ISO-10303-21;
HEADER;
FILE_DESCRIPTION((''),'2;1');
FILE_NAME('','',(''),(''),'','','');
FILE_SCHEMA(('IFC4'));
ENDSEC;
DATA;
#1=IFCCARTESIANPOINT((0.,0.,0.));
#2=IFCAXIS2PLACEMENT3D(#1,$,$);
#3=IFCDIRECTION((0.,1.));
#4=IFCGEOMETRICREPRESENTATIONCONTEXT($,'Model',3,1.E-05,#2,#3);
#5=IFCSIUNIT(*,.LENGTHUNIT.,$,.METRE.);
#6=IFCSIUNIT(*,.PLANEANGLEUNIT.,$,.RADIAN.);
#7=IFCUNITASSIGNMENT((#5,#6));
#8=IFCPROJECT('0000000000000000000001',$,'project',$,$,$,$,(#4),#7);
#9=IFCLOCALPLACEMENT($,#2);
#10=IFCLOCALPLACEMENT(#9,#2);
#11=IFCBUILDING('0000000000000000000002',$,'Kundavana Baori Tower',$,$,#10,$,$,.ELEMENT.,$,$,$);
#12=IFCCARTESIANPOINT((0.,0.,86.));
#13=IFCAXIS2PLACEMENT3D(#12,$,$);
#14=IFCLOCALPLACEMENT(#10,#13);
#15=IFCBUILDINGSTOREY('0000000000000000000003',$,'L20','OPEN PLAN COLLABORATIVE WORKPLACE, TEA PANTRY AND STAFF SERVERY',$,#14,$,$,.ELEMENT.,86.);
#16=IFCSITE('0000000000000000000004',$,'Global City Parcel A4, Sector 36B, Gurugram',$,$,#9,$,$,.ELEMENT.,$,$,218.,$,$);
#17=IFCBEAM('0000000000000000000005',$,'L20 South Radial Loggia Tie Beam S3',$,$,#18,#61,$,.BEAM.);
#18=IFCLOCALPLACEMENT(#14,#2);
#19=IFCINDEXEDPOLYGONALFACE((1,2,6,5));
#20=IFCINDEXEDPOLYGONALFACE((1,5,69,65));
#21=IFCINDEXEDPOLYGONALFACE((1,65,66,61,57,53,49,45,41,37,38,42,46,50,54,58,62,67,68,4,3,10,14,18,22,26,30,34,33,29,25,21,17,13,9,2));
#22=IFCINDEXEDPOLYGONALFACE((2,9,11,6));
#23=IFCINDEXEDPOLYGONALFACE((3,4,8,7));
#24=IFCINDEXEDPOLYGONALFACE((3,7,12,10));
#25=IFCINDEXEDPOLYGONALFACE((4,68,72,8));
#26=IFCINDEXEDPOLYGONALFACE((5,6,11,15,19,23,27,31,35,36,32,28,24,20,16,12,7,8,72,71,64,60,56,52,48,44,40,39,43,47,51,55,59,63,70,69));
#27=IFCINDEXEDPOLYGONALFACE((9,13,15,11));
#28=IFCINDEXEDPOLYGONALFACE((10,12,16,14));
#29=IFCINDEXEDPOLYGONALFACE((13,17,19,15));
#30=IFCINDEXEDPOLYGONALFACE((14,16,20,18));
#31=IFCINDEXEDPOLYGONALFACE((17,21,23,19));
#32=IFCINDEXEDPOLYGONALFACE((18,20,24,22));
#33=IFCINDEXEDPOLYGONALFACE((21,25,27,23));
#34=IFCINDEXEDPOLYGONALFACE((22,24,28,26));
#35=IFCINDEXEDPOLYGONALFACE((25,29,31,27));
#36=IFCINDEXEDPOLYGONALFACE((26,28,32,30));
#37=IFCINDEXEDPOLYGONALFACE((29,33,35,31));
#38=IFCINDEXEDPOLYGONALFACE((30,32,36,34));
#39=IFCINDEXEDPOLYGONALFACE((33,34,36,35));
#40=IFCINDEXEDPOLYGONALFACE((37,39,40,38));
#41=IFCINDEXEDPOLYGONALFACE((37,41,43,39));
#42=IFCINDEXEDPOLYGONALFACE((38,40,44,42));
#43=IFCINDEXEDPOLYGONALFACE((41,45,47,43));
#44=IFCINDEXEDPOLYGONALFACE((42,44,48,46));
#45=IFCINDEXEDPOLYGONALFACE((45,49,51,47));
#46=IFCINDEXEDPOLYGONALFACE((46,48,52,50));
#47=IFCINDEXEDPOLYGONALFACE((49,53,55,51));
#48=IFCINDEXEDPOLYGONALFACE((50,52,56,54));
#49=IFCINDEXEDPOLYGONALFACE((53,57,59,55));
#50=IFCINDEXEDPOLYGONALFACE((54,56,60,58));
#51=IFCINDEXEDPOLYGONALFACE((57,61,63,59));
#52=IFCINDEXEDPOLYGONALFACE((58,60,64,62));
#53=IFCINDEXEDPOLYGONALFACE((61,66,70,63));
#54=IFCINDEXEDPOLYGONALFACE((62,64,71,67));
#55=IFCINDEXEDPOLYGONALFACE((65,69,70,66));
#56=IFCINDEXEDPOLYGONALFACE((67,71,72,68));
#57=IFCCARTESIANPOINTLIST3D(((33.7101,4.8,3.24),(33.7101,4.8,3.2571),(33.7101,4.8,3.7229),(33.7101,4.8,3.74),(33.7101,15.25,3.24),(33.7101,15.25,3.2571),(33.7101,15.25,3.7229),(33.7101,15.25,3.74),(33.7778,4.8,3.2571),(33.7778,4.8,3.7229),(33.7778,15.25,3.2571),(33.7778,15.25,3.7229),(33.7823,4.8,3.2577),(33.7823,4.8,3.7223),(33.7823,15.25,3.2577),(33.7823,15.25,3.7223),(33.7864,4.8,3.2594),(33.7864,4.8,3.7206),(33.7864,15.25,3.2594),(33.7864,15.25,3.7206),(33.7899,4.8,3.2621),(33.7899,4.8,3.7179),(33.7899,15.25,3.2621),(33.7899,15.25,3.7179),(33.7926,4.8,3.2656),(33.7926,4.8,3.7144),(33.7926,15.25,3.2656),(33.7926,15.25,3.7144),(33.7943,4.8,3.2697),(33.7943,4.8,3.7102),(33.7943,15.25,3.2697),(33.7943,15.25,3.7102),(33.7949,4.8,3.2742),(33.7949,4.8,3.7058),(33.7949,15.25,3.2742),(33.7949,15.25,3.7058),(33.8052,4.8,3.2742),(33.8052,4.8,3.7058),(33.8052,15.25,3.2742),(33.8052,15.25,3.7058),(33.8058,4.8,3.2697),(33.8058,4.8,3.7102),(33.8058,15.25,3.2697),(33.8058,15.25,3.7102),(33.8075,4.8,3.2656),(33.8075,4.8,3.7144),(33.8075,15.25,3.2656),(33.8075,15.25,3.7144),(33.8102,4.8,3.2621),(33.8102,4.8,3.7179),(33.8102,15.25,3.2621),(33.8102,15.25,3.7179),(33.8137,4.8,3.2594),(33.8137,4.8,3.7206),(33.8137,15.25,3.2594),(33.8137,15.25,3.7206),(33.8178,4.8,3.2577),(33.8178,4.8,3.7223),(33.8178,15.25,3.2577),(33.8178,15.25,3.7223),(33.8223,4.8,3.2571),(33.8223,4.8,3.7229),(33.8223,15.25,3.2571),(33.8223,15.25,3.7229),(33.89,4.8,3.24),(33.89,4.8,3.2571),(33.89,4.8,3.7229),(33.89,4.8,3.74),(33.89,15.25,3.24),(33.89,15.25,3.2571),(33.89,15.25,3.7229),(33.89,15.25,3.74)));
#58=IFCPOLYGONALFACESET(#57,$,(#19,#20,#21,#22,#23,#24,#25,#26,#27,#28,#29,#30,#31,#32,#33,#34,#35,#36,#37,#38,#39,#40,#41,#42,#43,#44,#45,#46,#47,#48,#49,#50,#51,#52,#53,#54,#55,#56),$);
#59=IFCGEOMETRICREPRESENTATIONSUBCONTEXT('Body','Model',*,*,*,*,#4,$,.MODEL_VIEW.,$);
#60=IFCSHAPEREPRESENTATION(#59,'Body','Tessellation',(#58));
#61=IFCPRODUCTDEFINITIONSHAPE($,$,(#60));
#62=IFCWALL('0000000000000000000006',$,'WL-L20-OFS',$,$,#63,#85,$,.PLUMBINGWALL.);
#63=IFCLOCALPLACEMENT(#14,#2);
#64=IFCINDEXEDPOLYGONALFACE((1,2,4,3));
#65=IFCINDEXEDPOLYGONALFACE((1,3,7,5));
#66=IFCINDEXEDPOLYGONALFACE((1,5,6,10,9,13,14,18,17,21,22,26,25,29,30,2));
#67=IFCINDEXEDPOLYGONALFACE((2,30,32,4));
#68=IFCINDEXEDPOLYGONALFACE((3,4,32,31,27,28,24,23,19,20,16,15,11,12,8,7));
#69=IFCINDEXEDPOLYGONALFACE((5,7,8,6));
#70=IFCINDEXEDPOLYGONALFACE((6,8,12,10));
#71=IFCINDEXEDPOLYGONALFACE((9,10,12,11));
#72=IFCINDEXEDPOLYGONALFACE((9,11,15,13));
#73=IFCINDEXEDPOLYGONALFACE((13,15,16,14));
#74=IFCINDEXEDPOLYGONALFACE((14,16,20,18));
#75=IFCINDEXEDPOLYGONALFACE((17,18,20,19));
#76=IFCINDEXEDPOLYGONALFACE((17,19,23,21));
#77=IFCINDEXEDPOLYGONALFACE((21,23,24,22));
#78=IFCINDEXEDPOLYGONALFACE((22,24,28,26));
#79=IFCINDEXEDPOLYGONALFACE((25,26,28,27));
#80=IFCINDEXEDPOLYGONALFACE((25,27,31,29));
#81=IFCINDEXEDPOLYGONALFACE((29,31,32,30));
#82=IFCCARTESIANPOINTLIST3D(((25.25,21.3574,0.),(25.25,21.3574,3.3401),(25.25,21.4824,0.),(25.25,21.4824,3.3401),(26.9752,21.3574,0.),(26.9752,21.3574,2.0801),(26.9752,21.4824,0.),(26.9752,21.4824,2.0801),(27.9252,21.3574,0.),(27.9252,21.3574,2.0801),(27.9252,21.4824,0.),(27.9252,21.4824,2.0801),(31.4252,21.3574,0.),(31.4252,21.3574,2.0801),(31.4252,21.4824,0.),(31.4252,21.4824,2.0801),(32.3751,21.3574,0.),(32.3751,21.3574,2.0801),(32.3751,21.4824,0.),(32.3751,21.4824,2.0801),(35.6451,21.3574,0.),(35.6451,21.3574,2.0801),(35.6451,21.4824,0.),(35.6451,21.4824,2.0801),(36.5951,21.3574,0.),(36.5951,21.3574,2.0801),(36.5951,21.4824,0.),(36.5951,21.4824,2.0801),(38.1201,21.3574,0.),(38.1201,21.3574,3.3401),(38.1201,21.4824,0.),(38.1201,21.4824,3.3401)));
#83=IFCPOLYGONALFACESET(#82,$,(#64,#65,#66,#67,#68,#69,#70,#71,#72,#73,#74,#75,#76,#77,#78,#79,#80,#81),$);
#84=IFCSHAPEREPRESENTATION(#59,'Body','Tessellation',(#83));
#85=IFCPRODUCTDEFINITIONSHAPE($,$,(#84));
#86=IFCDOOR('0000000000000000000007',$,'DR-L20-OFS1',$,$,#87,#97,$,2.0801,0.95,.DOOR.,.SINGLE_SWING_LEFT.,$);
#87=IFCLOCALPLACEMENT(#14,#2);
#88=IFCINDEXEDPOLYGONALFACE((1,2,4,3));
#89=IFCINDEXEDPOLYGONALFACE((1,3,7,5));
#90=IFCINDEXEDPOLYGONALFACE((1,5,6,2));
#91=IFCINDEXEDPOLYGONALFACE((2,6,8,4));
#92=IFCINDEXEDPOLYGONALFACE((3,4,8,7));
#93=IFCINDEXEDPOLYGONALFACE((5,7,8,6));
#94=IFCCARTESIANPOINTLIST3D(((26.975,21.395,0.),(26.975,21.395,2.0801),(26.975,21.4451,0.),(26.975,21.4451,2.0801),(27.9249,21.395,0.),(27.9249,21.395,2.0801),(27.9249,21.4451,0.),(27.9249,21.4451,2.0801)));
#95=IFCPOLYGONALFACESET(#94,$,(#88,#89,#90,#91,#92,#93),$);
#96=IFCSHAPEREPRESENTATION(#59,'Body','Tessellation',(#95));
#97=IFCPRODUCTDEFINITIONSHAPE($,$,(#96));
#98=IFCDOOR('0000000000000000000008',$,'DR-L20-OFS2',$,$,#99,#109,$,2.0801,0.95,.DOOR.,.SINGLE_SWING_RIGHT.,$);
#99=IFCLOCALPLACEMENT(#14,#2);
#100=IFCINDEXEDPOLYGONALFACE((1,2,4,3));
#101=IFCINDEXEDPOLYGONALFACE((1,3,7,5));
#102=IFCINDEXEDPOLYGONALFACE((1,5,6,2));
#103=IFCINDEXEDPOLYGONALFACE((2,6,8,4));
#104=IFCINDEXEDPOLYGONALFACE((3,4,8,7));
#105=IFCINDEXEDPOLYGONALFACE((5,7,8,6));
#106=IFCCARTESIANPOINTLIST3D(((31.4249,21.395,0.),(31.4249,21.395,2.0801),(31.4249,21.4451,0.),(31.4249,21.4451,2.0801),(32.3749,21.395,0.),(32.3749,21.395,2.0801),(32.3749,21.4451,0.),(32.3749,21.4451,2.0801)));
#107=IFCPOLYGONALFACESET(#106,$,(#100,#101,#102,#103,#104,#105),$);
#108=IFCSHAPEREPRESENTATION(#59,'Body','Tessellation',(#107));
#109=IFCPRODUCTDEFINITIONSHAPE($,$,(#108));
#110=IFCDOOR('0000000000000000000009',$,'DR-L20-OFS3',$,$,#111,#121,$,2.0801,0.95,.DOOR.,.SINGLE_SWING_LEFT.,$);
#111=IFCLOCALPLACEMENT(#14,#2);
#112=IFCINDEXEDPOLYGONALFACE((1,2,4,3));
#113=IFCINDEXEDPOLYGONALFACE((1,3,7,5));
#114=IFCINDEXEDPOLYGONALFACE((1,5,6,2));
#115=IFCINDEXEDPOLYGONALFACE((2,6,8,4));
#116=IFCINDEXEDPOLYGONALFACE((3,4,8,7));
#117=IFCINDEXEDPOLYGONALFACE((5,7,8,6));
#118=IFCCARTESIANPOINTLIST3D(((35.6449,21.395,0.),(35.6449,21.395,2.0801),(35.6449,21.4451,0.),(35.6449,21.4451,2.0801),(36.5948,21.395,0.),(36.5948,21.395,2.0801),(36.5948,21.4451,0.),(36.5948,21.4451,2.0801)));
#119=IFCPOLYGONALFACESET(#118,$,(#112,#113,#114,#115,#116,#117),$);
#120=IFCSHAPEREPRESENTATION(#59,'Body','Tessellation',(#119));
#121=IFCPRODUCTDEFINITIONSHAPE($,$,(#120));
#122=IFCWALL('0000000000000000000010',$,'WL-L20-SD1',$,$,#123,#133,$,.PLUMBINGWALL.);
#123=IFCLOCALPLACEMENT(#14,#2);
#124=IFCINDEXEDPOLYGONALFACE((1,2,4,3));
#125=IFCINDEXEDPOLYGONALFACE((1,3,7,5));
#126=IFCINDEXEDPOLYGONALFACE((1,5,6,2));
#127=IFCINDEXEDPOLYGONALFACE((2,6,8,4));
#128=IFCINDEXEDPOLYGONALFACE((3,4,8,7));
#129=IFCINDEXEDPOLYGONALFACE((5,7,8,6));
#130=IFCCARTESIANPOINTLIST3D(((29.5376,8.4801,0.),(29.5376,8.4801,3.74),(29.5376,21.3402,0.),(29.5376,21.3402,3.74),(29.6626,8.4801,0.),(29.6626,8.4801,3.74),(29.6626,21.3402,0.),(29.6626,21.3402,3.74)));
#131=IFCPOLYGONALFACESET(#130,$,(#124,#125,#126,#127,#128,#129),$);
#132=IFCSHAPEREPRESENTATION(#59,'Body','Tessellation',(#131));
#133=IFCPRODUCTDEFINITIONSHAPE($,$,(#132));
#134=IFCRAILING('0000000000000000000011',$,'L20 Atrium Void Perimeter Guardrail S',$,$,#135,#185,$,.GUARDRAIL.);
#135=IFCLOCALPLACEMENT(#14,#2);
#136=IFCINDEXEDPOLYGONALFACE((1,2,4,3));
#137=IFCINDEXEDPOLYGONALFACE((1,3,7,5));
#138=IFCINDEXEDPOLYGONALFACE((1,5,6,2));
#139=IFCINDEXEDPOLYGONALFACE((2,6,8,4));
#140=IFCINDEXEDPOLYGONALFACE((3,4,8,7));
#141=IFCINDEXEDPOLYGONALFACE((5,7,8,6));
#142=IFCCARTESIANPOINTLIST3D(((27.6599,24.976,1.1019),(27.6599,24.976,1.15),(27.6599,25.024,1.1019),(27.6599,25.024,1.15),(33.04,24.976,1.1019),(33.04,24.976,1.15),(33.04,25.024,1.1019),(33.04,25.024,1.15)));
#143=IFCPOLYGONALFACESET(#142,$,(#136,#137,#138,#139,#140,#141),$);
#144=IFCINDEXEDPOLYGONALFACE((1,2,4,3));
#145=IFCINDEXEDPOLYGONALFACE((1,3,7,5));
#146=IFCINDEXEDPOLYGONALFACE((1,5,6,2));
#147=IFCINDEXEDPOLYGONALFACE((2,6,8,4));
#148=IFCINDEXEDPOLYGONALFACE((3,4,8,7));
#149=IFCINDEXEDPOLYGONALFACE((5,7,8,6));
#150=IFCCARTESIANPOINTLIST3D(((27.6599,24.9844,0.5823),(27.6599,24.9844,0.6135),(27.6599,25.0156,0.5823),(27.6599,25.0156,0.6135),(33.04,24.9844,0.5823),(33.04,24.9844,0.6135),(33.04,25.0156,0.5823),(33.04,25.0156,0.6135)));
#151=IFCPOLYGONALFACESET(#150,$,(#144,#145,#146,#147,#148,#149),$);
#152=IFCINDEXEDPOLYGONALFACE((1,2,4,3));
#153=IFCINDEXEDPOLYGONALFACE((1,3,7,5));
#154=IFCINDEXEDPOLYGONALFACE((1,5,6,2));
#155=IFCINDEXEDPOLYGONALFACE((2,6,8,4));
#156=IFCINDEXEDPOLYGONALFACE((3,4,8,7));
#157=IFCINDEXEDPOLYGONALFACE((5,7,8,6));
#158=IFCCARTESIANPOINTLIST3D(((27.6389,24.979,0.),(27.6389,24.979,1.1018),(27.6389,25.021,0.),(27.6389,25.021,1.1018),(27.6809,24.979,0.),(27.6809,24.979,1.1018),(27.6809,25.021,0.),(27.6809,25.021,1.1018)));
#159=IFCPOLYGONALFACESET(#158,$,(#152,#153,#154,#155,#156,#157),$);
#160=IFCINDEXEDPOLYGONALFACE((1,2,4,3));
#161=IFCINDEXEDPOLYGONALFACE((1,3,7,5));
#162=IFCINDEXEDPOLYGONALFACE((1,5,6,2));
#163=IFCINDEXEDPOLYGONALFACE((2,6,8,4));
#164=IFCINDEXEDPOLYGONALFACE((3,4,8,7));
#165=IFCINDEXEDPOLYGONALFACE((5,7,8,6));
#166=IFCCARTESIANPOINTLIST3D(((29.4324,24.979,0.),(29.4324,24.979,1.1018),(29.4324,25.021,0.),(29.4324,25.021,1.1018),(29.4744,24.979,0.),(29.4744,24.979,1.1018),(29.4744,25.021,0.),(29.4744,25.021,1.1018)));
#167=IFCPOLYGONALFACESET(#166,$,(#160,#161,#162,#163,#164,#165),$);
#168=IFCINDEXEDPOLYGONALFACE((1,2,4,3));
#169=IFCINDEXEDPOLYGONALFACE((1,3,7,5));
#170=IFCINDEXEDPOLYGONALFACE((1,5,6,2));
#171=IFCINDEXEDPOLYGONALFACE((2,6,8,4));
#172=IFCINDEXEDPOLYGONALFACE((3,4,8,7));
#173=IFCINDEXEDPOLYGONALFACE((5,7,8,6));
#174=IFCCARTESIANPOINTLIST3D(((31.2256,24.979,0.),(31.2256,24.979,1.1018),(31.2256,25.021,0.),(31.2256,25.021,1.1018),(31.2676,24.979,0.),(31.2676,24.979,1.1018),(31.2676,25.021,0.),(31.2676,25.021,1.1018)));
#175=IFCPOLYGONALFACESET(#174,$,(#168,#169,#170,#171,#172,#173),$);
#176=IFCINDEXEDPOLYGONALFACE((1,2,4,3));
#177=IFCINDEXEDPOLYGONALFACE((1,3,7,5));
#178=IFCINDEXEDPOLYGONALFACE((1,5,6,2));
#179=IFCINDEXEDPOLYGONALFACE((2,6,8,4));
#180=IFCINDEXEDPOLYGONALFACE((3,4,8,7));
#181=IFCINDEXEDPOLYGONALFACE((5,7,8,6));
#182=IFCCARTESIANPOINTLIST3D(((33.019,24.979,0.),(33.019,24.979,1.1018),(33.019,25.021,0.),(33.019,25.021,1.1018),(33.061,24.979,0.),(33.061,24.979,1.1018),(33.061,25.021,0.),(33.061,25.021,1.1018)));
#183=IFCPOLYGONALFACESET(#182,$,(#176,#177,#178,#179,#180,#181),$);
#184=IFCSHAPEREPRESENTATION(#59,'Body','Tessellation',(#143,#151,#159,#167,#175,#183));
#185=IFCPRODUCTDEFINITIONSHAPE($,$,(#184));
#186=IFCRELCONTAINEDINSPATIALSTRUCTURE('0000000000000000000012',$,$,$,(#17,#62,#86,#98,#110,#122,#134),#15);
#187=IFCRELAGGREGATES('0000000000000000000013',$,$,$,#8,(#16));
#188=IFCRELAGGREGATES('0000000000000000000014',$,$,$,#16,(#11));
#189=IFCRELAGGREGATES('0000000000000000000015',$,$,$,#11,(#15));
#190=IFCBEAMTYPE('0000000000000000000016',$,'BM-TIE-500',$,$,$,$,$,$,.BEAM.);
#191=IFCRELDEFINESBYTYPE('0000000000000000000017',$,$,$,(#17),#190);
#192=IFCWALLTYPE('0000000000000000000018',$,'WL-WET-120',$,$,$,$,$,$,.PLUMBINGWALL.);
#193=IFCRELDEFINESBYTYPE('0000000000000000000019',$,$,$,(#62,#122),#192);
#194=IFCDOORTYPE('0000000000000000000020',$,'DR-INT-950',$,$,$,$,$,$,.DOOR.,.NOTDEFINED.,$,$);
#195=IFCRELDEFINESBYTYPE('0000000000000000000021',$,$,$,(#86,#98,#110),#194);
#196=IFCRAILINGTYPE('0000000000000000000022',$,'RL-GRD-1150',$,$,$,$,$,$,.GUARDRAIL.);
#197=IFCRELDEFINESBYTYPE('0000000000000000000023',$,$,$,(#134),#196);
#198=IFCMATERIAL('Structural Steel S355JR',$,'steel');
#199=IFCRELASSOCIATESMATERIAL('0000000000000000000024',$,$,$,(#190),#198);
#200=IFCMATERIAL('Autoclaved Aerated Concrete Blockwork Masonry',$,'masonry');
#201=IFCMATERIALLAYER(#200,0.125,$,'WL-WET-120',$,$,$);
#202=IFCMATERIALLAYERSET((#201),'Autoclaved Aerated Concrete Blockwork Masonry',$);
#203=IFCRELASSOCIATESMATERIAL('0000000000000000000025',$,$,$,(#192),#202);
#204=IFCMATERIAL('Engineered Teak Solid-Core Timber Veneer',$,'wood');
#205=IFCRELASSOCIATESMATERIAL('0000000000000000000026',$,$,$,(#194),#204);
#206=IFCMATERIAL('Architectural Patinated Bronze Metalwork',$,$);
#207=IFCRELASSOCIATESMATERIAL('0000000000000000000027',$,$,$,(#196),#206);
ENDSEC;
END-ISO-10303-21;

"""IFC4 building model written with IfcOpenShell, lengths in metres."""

from ifc_helpers import new_model, si_unit, direction, frame, frame_2d, origin, origin_2d, place, context, subcontext, project, spatial, rectangle, i_section, extrude, material, layer, layer_set, material_profile, profile_set, type_object, element, fill, save


model = new_model("IFC4")

# Units and contexts
model_context = context("Model", 3, precision=1e-05, world=origin(), true_north=direction((0.0, 1.0)))
body_context = subcontext(model_context, "Body", "Model", "MODEL_VIEW")
ifc_project = project(units=[si_unit("LENGTHUNIT", "METRE"), si_unit("PLANEANGLEUNIT", "RADIAN")], contexts=[model_context])

# Site, building, storey
site_placement = place(None, origin())
site = spatial("IfcSite", under=ifc_project, at=site_placement, Name="Global City Parcel A4, Sector 36B, Gurugram", CompositionType="ELEMENT", RefElevation=218.0)
building_placement = place(site_placement, origin())
building = spatial("IfcBuilding", under=site, at=building_placement, Name="Kundavana Baori Tower", CompositionType="ELEMENT")
storey_placement = place(building_placement, frame((0.0, 0.0, 86.0)))
storey = spatial("IfcBuildingStorey", under=building, at=storey_placement, Name="L20", Description="OPEN PLAN COLLABORATIVE WORKPLACE, TEA PANTRY AND STAFF SERVERY", CompositionType="ELEMENT", Elevation=86.0)

# Beam
ifc_material_1 = material(Name="Structural Steel S355JR", Category="steel")
ifc_material_profile_1 = material_profile(ifc_material_1, i_section(OverallWidth=0.1799, OverallDepth=0.5, WebThickness=0.0103, FlangeThickness=0.0171, FilletRadius=0.0171, at=origin_2d()), Name="ISMB 500")
ifc_profile_set_1 = profile_set([ifc_material_profile_1], Name="Structural Steel S355JR")
beam_type_1 = type_object("IfcBeamType", Name="BM-TIE-500", PredefinedType="BEAM", material=ifc_profile_set_1)
for number, where, z_axis, x_axis, name in (
    (1, (33.8, 15.25, 3.49), (0.0, -1.0, 0.0), (1.0, 0.0, 0.0), "L20 South Radial Loggia Tie Beam S3"),
):
    element("IfcBeam", number, at=place(storey_placement, frame(where, z_axis=z_axis, x_axis=x_axis)), inside=storey, type_object=beam_type_1, Name=name, PredefinedType="BEAM", context=body_context, shape_type="SweptSolid", body=[
        extrude(i_section(OverallWidth=0.1799, OverallDepth=0.5, WebThickness=0.0103, FlangeThickness=0.0171, FilletRadius=0.0171, at=origin_2d()), origin(), (0.0, 0.0, 1.0), 10.45),
    ])

# Wall, openings, doors
ifc_material_2 = material(Name="Autoclaved Aerated Concrete Blockwork Masonry", Category="masonry")
ifc_layer = layer(ifc_material_2, 0.125, Name="WL-WET-120")
ifc_layer_set = layer_set([ifc_layer], Name="Autoclaved Aerated Concrete Blockwork Masonry")
wall_type = type_object("IfcWallType", Name="WL-WET-120", PredefinedType="PLUMBINGWALL", material=ifc_layer_set)
wall_1_placement = place(storey_placement, frame((25.25, 21.4199, 0.0), z_axis=(0.0, 0.0, 1.0), x_axis=(1.0, 0.0, 0.0)))
wall_1 = element("IfcWall", 2, at=wall_1_placement, inside=storey, type_object=wall_type, Name="WL-L20-OFS", PredefinedType="PLUMBINGWALL", context=body_context, shape_type="SweptSolid", body=[
    extrude(rectangle(XDim=12.8701, YDim=0.125, at=frame_2d((6.4351, 0.0))), origin(), (0.0, 0.0, 1.0), 3.3401),
])
opening_1_placement = place(wall_1_placement, frame((1.7251, 0.0, 0.0)))
opening_1 = element("IfcOpeningElement", 3, at=opening_1_placement, cuts=wall_1, PredefinedType="OPENING", context=body_context, shape_type="SweptSolid", body=[
    extrude(rectangle(XDim=0.95, YDim=2.0801, at=frame_2d((0.4751, 1.04))), frame((0.0, 0.0725, 0.0), z_axis=(0.0, -1.0, 0.0), x_axis=(1.0, 0.0, 0.0)), (0.0, 0.0, 1.0), 0.145),
])
opening_2_placement = place(wall_1_placement, frame((6.175, 0.0, 0.0)))
opening_2 = element("IfcOpeningElement", 4, at=opening_2_placement, cuts=wall_1, PredefinedType="OPENING", context=body_context, shape_type="SweptSolid", body=[
    extrude(rectangle(XDim=0.95, YDim=2.0801, at=frame_2d((0.4751, 1.04))), frame((0.0, 0.0725, 0.0), z_axis=(0.0, -1.0, 0.0), x_axis=(1.0, 0.0, 0.0)), (0.0, 0.0, 1.0), 0.145),
])
opening_3_placement = place(wall_1_placement, frame((10.395, 0.0, 0.0)))
opening_3 = element("IfcOpeningElement", 5, at=opening_3_placement, cuts=wall_1, PredefinedType="OPENING", context=body_context, shape_type="SweptSolid", body=[
    extrude(rectangle(XDim=0.95, YDim=2.0801, at=frame_2d((0.4751, 1.04))), frame((0.0, 0.0725, 0.0), z_axis=(0.0, -1.0, 0.0), x_axis=(1.0, 0.0, 0.0)), (0.0, 0.0, 1.0), 0.145),
])
ifc_material_3 = material(Name="Engineered Teak Solid-Core Timber Veneer", Category="wood")
door_type = type_object("IfcDoorType", Name="DR-INT-950", OperationType="NOTDEFINED", PredefinedType="DOOR", material=ifc_material_3)
door_1_placement = place(opening_1_placement, frame((0.95, 0.0, 0.0), z_axis=(0.0, 0.0, 1.0), x_axis=(-1.0, 0.0, 0.0)))
door_1 = element("IfcDoor", 6, at=door_1_placement, inside=storey, type_object=door_type, Name="DR-L20-OFS1", OperationType="SINGLE_SWING_LEFT", OverallHeight=2.0801, OverallWidth=0.95, PredefinedType="DOOR", context=body_context, shape_type="SweptSolid", body=[
    extrude(rectangle(XDim=0.95, YDim=2.0801, at=frame_2d((0.4751, 1.04))), frame((0.0, 0.0249, 0.0), z_axis=(0.0, -1.0, 0.0), x_axis=(1.0, 0.0, 0.0)), (0.0, 0.0, 1.0), 0.05),
])
fill(opening_1, door_1)
door_2_placement = place(opening_2_placement, frame((0.95, 0.0, 0.0), z_axis=(0.0, 0.0, 1.0), x_axis=(-1.0, 0.0, 0.0)))
door_2 = element("IfcDoor", 7, at=door_2_placement, inside=storey, type_object=door_type, Name="DR-L20-OFS2", OperationType="SINGLE_SWING_RIGHT", OverallHeight=2.0801, OverallWidth=0.95, PredefinedType="DOOR", context=body_context, shape_type="SweptSolid", body=[
    extrude(rectangle(XDim=0.95, YDim=2.0801, at=frame_2d((0.4751, 1.04))), frame((0.0, 0.0249, 0.0), z_axis=(0.0, -1.0, 0.0), x_axis=(1.0, 0.0, 0.0)), (0.0, 0.0, 1.0), 0.05),
])
fill(opening_2, door_2)
door_3_placement = place(opening_3_placement, frame((0.95, 0.0, 0.0), z_axis=(0.0, 0.0, 1.0), x_axis=(-1.0, 0.0, 0.0)))
door_3 = element("IfcDoor", 8, at=door_3_placement, inside=storey, type_object=door_type, Name="DR-L20-OFS3", OperationType="SINGLE_SWING_LEFT", OverallHeight=2.0801, OverallWidth=0.95, PredefinedType="DOOR", context=body_context, shape_type="SweptSolid", body=[
    extrude(rectangle(XDim=0.95, YDim=2.0801, at=frame_2d((0.4751, 1.04))), frame((0.0, 0.0249, 0.0), z_axis=(0.0, -1.0, 0.0), x_axis=(1.0, 0.0, 0.0)), (0.0, 0.0, 1.0), 0.05),
])
fill(opening_3, door_3)

# Wall
wall_2_placement = place(storey_placement, frame((29.6001, 8.48, 0.0), z_axis=(0.0, 0.0, 1.0), x_axis=(0.0, 1.0, 0.0)))
element("IfcWall", 9, at=wall_2_placement, inside=storey, type_object=wall_type, Name="WL-L20-SD1", PredefinedType="PLUMBINGWALL", context=body_context, shape_type="SweptSolid", body=[
    extrude(rectangle(XDim=12.8601, YDim=0.125, at=frame_2d((6.4302, 0.0))), origin(), (0.0, 0.0, 1.0), 3.74),
])

# Railing
ifc_material_4 = material(Name="Architectural Patinated Bronze Metalwork")
railing_type = type_object("IfcRailingType", Name="RL-GRD-1150", PredefinedType="GUARDRAIL", material=ifc_material_4)
railing_placement = place(storey_placement, frame((27.6599, 25.0, 0.0)))
element("IfcRailing", 10, at=railing_placement, inside=storey, type_object=railing_type, Name="L20 Atrium Void Perimeter Guardrail S", PredefinedType="GUARDRAIL", context=body_context, shape_type="SweptSolid", body=[
    extrude(rectangle(XDim=0.0481, YDim=0.0481, at=origin_2d()), frame((0.0, 0.0, 1.126), z_axis=(1.0, 0.0, 0.0), x_axis=(0.0, 1.0, 0.0)), (0.0, 0.0, 1.0), 5.3801),
    extrude(rectangle(XDim=0.0312, YDim=0.0312, at=origin_2d()), frame((0.0, 0.0, 0.5979), z_axis=(1.0, 0.0, 0.0), x_axis=(0.0, 1.0, 0.0)), (0.0, 0.0, 1.0), 5.3801),
    extrude(rectangle(XDim=0.042, YDim=0.042, at=origin_2d()), origin(), (0.0, 0.0, 1.0), 1.1018),
    extrude(rectangle(XDim=0.042, YDim=0.042, at=origin_2d()), frame((1.7935, 0.0, 0.0)), (0.0, 0.0, 1.0), 1.1018),
    extrude(rectangle(XDim=0.042, YDim=0.042, at=origin_2d()), frame((3.5867, 0.0, 0.0)), (0.0, 0.0, 1.0), 1.1018),
    extrude(rectangle(XDim=0.042, YDim=0.042, at=origin_2d()), frame((5.3801, 0.0, 0.0)), (0.0, 0.0, 1.0), 1.1018),
])

save(model, "model.ifc")
